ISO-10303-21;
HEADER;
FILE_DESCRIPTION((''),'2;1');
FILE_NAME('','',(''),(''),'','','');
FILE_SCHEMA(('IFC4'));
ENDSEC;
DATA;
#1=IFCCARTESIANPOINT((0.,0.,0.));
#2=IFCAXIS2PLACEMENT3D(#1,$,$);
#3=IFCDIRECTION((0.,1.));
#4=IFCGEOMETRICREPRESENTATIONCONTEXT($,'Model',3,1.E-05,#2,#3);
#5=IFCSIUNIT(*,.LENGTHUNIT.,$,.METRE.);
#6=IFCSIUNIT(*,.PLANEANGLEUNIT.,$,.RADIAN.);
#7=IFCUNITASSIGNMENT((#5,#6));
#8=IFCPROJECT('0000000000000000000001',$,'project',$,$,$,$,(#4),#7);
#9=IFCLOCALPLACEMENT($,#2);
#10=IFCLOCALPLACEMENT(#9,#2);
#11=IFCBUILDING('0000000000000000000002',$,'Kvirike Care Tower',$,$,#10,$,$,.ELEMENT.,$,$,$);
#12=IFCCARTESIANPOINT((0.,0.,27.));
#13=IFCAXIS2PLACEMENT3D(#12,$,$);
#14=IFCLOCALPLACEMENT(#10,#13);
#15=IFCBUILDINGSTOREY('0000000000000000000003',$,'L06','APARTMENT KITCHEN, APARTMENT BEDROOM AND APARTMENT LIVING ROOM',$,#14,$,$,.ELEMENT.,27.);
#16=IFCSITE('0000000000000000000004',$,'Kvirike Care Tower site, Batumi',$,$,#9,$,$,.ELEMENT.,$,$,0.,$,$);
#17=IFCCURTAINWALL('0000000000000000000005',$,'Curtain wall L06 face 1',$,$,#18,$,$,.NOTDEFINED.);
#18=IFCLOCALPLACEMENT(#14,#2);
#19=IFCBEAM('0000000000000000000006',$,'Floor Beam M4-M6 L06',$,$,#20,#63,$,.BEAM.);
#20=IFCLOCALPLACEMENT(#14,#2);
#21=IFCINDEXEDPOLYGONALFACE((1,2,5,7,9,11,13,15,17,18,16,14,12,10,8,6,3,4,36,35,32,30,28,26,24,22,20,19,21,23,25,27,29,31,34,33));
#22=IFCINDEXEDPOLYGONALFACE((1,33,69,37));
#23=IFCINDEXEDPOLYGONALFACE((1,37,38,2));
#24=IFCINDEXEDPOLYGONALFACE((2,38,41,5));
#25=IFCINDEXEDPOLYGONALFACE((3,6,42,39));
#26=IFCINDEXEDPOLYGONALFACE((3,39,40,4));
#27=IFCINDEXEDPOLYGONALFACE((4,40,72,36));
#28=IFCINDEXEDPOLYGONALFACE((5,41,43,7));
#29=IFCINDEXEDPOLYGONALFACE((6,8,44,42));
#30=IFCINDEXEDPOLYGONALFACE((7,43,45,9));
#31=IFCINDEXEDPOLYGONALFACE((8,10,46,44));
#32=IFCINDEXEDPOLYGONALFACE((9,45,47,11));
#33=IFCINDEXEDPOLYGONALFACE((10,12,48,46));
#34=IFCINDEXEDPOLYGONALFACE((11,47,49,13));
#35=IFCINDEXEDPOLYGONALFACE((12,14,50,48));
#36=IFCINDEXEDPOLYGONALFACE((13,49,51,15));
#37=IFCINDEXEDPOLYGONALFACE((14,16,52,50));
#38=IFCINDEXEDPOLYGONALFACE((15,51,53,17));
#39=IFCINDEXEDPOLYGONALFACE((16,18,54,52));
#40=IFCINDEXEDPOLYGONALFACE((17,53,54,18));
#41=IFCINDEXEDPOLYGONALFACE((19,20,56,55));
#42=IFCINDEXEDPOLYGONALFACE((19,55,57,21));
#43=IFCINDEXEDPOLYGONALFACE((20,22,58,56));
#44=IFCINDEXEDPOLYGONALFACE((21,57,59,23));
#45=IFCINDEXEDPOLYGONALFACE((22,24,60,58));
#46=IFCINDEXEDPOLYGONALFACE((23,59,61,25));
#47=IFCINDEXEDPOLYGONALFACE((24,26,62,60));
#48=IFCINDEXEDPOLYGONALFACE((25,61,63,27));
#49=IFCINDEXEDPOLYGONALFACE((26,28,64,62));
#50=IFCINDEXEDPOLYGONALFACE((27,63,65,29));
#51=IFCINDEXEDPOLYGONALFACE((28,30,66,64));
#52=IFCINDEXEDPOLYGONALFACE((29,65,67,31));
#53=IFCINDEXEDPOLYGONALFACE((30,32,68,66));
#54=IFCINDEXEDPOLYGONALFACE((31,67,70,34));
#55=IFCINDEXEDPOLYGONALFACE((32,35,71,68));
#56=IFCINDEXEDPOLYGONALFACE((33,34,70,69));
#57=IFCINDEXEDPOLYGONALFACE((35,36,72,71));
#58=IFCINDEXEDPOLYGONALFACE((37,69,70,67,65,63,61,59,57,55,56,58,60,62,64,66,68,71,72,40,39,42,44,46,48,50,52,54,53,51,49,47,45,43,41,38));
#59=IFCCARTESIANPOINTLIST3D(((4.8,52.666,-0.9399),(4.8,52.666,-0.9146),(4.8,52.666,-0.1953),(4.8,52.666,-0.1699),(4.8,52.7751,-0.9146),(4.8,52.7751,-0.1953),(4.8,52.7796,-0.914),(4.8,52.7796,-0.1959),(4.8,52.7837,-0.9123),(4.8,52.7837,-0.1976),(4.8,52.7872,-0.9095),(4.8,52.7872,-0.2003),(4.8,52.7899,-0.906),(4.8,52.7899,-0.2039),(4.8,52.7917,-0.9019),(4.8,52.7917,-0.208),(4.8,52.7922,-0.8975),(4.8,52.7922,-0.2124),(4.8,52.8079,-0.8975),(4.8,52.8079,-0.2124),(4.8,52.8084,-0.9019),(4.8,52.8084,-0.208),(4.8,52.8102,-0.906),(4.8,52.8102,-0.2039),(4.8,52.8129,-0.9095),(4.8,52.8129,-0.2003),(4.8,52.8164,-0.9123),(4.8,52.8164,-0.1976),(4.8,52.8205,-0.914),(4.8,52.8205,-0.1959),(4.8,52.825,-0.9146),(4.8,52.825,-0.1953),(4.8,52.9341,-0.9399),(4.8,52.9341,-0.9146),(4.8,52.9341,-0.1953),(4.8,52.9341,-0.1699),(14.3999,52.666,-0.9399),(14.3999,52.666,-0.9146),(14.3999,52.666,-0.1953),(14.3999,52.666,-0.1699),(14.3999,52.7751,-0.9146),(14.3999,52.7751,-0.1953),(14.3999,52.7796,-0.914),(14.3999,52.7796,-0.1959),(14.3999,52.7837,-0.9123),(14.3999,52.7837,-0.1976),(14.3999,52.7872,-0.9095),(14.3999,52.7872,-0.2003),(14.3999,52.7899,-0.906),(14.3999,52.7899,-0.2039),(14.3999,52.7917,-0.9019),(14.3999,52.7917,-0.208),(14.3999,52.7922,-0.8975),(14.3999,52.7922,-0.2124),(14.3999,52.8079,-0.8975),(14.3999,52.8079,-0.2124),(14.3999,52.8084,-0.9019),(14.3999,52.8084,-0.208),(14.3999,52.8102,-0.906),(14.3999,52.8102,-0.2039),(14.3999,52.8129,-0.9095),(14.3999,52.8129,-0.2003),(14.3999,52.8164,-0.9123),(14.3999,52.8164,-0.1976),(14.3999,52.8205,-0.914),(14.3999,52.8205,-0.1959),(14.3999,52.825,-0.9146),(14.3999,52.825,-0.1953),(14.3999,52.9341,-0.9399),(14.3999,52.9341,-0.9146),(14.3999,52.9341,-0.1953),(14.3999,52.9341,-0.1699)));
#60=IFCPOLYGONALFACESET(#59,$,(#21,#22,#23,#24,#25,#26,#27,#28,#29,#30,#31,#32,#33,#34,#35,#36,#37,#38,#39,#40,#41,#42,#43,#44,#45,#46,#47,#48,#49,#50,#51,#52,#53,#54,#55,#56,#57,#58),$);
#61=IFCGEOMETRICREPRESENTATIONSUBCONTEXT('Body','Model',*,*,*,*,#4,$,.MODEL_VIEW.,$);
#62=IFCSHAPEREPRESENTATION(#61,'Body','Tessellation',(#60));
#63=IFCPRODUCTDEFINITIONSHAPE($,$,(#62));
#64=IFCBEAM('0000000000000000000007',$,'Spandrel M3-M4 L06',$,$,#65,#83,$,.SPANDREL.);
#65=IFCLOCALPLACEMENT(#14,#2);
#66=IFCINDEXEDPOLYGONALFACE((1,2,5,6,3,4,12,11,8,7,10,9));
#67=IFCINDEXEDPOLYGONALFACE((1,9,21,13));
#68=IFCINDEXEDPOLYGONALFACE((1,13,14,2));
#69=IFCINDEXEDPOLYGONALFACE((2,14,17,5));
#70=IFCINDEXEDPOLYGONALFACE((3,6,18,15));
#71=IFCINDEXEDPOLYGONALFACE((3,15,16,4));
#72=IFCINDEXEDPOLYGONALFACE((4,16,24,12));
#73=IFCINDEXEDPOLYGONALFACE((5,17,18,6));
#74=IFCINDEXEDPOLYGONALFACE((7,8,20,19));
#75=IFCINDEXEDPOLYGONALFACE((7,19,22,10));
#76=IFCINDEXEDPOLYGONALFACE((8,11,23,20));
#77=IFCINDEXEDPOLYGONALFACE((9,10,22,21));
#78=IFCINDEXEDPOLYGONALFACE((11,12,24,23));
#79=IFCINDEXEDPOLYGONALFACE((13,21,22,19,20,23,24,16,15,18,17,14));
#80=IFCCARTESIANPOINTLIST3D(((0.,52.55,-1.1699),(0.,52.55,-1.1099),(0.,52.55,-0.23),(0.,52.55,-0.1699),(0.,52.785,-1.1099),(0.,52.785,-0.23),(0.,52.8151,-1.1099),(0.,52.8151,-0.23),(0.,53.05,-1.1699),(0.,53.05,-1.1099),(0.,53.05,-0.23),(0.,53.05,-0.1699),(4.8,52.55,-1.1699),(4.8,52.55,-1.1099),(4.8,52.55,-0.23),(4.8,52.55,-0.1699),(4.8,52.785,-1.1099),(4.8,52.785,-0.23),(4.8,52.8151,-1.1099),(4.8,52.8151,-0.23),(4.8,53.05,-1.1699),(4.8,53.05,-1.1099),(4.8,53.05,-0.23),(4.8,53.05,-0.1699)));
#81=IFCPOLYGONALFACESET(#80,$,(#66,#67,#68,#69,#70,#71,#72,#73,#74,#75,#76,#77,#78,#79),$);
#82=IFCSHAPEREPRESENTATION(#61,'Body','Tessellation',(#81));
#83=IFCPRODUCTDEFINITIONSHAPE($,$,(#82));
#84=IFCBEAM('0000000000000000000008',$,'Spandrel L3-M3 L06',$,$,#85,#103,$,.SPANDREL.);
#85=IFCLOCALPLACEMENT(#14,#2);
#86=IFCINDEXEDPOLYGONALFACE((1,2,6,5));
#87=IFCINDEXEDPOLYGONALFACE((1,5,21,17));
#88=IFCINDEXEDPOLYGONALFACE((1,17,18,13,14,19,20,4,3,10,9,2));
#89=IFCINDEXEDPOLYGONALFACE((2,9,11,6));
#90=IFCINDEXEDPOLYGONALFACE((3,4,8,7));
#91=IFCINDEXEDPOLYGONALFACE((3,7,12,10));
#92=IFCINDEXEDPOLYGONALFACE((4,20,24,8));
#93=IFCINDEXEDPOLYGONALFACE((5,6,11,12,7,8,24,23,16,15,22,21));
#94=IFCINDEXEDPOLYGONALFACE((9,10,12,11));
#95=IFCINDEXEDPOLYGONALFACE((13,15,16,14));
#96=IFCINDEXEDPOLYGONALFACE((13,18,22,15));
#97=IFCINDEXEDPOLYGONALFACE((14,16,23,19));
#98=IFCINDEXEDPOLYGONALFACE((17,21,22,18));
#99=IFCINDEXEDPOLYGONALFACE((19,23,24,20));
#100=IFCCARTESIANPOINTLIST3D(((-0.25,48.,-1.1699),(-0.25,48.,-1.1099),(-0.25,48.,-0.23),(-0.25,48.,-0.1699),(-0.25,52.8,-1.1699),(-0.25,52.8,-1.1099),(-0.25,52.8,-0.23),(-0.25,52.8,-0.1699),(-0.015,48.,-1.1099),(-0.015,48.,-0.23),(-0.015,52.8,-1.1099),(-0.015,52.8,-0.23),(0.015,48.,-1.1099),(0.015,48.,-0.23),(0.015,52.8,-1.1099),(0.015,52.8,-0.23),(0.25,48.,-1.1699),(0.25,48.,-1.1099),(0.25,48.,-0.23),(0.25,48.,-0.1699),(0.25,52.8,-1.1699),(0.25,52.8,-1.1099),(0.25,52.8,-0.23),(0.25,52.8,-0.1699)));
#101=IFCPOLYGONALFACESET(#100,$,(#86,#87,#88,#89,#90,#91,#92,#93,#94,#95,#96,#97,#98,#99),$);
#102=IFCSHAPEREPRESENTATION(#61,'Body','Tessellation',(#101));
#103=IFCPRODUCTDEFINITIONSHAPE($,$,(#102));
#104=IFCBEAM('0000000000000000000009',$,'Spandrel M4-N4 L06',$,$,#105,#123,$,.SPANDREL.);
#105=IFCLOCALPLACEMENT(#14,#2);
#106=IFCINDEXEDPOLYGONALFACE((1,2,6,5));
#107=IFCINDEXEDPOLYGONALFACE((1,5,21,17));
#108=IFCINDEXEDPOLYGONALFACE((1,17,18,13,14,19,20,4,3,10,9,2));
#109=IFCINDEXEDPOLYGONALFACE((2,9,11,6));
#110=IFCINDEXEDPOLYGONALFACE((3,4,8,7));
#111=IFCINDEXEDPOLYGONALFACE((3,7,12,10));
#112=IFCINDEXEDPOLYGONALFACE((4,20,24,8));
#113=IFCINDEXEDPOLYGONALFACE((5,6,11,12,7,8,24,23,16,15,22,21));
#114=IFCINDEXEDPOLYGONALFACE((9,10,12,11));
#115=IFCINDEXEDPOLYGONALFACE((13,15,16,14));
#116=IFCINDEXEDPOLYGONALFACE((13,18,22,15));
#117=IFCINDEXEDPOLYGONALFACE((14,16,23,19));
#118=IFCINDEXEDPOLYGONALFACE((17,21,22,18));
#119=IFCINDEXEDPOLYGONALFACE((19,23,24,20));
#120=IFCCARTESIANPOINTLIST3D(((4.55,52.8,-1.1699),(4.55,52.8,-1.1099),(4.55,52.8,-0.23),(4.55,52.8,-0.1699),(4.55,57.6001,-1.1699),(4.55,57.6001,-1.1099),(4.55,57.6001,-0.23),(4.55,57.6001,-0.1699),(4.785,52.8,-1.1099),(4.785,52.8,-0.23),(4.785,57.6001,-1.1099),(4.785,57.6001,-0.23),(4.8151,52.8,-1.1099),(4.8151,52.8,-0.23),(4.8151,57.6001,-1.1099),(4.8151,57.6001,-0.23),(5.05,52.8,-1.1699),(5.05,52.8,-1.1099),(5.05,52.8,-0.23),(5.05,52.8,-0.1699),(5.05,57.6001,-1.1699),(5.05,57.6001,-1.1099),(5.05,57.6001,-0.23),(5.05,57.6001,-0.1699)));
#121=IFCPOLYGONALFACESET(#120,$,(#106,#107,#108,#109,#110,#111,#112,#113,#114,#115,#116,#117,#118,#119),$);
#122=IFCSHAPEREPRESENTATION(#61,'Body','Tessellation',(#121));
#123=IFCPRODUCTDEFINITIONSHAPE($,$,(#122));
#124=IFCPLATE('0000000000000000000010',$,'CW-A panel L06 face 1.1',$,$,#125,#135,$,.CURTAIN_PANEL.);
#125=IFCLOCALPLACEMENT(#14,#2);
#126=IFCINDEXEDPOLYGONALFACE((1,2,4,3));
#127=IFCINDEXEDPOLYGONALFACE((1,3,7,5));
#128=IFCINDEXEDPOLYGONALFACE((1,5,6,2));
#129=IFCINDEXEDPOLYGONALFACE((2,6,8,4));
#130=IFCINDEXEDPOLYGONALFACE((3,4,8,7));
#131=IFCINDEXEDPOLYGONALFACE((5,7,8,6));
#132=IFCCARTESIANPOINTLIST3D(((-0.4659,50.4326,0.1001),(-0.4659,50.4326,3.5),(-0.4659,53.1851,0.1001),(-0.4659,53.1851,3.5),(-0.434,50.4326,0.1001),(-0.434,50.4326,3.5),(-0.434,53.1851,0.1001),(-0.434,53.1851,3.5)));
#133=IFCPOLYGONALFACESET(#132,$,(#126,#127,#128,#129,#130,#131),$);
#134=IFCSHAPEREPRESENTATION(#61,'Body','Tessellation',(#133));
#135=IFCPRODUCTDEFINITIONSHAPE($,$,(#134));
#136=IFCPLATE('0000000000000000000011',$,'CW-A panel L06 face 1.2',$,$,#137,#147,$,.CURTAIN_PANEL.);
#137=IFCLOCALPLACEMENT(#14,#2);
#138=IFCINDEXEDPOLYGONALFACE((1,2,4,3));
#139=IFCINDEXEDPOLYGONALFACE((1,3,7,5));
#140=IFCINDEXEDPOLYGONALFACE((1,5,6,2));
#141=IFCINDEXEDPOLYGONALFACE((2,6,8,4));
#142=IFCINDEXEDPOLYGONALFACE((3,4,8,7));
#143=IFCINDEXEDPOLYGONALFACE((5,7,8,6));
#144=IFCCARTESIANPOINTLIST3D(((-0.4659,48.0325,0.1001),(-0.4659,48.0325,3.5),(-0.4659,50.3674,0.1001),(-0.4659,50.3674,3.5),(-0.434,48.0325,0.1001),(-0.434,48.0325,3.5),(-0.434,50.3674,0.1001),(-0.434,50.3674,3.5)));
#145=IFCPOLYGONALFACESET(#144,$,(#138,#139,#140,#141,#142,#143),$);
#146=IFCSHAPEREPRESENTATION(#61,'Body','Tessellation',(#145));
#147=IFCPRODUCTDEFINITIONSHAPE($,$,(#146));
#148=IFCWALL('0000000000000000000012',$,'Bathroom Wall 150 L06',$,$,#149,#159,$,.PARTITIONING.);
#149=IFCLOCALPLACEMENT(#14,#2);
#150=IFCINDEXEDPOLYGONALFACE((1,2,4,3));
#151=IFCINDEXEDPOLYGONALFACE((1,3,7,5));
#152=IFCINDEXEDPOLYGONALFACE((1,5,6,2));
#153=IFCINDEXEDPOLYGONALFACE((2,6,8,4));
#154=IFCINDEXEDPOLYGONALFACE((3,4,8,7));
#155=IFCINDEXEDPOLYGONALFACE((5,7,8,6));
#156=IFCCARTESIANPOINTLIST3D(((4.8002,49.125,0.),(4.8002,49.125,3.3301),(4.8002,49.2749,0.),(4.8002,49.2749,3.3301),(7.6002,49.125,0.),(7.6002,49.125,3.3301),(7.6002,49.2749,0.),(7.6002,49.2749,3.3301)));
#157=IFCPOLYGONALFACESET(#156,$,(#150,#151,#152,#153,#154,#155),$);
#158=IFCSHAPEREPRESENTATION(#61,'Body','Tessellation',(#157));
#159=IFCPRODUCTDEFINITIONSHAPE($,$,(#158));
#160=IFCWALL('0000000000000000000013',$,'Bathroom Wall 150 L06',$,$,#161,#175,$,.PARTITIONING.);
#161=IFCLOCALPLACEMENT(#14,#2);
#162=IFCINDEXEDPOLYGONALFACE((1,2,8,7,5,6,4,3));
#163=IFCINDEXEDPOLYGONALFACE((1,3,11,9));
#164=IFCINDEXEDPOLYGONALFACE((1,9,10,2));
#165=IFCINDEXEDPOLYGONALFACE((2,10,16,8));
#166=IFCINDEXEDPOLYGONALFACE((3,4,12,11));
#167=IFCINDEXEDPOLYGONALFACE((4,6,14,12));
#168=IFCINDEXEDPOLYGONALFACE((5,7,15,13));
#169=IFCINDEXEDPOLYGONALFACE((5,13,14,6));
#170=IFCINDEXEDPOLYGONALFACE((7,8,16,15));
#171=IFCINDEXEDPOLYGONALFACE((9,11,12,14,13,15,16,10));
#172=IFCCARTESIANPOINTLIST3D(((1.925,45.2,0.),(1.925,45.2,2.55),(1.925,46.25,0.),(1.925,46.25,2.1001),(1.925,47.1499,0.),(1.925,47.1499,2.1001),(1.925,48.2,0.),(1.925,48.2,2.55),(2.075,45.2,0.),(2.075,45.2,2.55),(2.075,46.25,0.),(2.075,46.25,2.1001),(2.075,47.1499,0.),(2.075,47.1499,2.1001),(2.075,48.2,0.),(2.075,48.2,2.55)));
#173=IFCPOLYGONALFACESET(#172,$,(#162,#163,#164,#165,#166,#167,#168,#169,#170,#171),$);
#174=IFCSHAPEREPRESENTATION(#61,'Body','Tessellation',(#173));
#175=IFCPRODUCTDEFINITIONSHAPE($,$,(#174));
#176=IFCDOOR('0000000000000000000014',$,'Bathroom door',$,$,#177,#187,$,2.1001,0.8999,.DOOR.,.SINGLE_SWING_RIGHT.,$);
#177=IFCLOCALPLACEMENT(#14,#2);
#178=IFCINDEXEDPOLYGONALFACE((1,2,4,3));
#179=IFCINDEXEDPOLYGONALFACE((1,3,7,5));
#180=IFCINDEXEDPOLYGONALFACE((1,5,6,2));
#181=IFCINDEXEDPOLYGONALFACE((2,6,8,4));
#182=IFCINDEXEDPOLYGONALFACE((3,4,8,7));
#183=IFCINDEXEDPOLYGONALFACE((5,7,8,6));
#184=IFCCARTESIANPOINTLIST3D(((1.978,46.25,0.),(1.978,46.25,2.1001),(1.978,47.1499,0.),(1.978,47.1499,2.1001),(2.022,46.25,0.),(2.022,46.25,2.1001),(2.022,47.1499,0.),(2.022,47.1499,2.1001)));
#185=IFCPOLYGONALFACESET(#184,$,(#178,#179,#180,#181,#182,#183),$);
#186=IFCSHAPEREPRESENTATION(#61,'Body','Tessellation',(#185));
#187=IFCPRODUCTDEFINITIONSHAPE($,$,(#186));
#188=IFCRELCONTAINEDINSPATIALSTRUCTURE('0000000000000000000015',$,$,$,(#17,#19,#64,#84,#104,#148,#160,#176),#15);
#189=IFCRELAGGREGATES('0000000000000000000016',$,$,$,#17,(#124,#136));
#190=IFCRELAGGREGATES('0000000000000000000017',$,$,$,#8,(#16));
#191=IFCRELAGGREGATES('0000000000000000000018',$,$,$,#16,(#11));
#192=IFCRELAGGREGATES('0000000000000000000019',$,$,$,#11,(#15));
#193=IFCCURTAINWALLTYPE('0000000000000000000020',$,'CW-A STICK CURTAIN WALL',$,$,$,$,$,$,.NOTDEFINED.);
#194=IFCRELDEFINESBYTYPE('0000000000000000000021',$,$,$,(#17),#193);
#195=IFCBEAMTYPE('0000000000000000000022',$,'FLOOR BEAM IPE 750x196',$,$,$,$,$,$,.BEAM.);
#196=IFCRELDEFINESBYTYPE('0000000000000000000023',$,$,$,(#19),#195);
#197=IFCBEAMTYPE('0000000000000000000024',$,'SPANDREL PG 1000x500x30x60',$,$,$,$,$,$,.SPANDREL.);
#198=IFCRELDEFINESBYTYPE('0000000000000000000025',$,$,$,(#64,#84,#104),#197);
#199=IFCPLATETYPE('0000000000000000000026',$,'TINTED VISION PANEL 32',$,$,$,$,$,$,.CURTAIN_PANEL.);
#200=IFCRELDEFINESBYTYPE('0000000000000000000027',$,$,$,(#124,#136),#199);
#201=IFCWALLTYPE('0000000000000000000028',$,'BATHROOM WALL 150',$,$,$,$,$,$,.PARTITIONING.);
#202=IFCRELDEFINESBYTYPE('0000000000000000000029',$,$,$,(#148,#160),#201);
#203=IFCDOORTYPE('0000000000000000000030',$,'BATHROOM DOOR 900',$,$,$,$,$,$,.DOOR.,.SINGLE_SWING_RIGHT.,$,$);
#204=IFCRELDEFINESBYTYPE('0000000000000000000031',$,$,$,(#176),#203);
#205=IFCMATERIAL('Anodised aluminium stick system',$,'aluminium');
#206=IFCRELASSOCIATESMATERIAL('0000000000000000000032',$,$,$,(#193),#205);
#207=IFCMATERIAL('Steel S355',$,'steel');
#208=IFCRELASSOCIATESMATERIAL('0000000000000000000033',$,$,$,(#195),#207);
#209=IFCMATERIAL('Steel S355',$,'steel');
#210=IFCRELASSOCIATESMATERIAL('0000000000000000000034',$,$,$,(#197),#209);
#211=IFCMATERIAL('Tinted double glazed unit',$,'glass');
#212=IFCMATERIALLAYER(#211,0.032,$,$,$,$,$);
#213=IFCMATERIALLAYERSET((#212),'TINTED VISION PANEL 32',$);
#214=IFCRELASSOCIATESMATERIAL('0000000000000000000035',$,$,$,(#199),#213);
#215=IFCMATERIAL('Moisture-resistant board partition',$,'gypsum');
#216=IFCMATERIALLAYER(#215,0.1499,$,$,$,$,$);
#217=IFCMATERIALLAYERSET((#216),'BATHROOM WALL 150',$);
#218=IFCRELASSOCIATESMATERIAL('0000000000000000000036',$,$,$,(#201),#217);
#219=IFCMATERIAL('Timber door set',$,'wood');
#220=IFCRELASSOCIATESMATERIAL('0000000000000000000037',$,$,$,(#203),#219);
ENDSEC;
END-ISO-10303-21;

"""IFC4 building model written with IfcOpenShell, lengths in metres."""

from ifc_helpers import new_model, si_unit, direction, frame, frame_2d, origin, origin_2d, place, context, subcontext, project, spatial, rectangle, i_section, extrude, material, layer, layer_set, material_profile, profile_set, type_object, element, fill, aggregate, save


model = new_model("IFC4")

# Units and contexts
model_context = context("Model", 3, precision=1e-05, world=origin(), true_north=direction((0.0, 1.0)))
body_context = subcontext(model_context, "Body", "Model", "MODEL_VIEW")
ifc_project = project(units=[si_unit("LENGTHUNIT", "METRE"), si_unit("PLANEANGLEUNIT", "RADIAN")], contexts=[model_context])

# Site, building, storey
site_placement = place(None, origin())
site = spatial("IfcSite", under=ifc_project, at=site_placement, Name="Kvirike Care Tower site, Batumi", CompositionType="ELEMENT", RefElevation=0.0)
building_placement = place(site_placement, origin())
building = spatial("IfcBuilding", under=site, at=building_placement, Name="Kvirike Care Tower", CompositionType="ELEMENT")
storey_placement = place(building_placement, frame((0.0, 0.0, 27.0)))
storey = spatial("IfcBuildingStorey", under=building, at=storey_placement, Name="L06", Description="APARTMENT KITCHEN, APARTMENT BEDROOM AND APARTMENT LIVING ROOM", CompositionType="ELEMENT", Elevation=27.0)

# Curtain wall
ifc_material_1 = material(Name="Anodised aluminium stick system", Category="aluminium")
curtain_wall_type = type_object("IfcCurtainWallType", Name="CW-A STICK CURTAIN WALL", PredefinedType="NOTDEFINED", material=ifc_material_1)
curtain_wall_placement = place(storey_placement, origin())
curtain_wall = element("IfcCurtainWall", 1, at=curtain_wall_placement, inside=storey, type_object=curtain_wall_type, Name="Curtain wall L06 face 1", PredefinedType="NOTDEFINED")

# Beams
ifc_material_2 = material(Name="Steel S355", Category="steel")
ifc_material_profile_1 = material_profile(ifc_material_2, i_section(OverallWidth=0.2681, OverallDepth=0.77, WebThickness=0.0156, FlangeThickness=0.0254, FilletRadius=0.0171, at=origin_2d()), Name="IPE 750x196")
ifc_profile_set_1 = profile_set([ifc_material_profile_1], Name="Steel S355")
beam_type_1 = type_object("IfcBeamType", Name="FLOOR BEAM IPE 750x196", PredefinedType="BEAM", material=ifc_profile_set_1)
beam_1_placement = place(storey_placement, frame((4.8, 52.8, -0.5549), z_axis=(1.0, 0.0, 0.0), x_axis=(0.0, 1.0, 0.0)))
element("IfcBeam", 2, at=beam_1_placement, inside=storey, type_object=beam_type_1, Name="Floor Beam M4-M6 L06", PredefinedType="BEAM", context=body_context, shape_type="SweptSolid", body=[
    extrude(i_section(OverallWidth=0.2681, OverallDepth=0.77, WebThickness=0.0156, FlangeThickness=0.0254, FilletRadius=0.0171, at=origin_2d()), origin(), (0.0, 0.0, 1.0), 9.5999),
])
ifc_material_3 = material(Name="Steel S355", Category="steel")
ifc_material_profile_2 = material_profile(ifc_material_3, i_section(OverallWidth=0.5, OverallDepth=1.0, WebThickness=0.03, FlangeThickness=0.0601, at=origin_2d()), Name="PG 1000x500x30x60")
ifc_profile_set_2 = profile_set([ifc_material_profile_2], Name="Steel S355")
beam_type_2 = type_object("IfcBeamType", Name="SPANDREL PG 1000x500x30x60", PredefinedType="SPANDREL", material=ifc_profile_set_2)
for number, where, z_axis, x_axis, name in (
    (3, (0.0, 52.8, -0.6699), (1.0, 0.0, 0.0), (0.0, 1.0, 0.0), "Spandrel M3-M4 L06"),
    (4, (0.0, 48.0, -0.6699), (0.0, 1.0, 0.0), (-1.0, 0.0, 0.0), "Spandrel L3-M3 L06"),
    (5, (4.8, 52.8, -0.6699), (0.0, 1.0, 0.0), (-1.0, 0.0, 0.0), "Spandrel M4-N4 L06"),
):
    element("IfcBeam", number, at=place(storey_placement, frame(where, z_axis=z_axis, x_axis=x_axis)), inside=storey, type_object=beam_type_2, Name=name, PredefinedType="SPANDREL", context=body_context, shape_type="SweptSolid", body=[
        extrude(i_section(OverallWidth=0.5, OverallDepth=1.0, WebThickness=0.03, FlangeThickness=0.0601, at=origin_2d()), origin(), (0.0, 0.0, 1.0), 4.8),
    ])

# Plates
ifc_material_4 = material(Name="Tinted double glazed unit", Category="glass")
ifc_layer_1 = layer(ifc_material_4, 0.032)
ifc_layer_set_1 = layer_set([ifc_layer_1], Name="TINTED VISION PANEL 32")
plate_type = type_object("IfcPlateType", Name="TINTED VISION PANEL 32", PredefinedType="CURTAIN_PANEL", material=ifc_layer_set_1)
plate_1_placement = place(storey_placement, frame((-0.45, 51.8088, 0.1001), z_axis=(0.0, 0.0, 1.0), x_axis=(0.0, -1.0, 0.0)))
plate_1 = element("IfcPlate", 6, at=plate_1_placement, type_object=plate_type, Name="CW-A panel L06 face 1.1", PredefinedType="CURTAIN_PANEL", context=body_context, shape_type="SweptSolid", body=[
    extrude(rectangle(XDim=2.7524, YDim=0.032, at=origin_2d()), origin(), (0.0, 0.0, 1.0), 3.3999),
])
plate_2_placement = place(storey_placement, frame((-0.45, 49.2, 0.1001), z_axis=(0.0, 0.0, 1.0), x_axis=(0.0, -1.0, 0.0)))
plate_2 = element("IfcPlate", 7, at=plate_2_placement, type_object=plate_type, Name="CW-A panel L06 face 1.2", PredefinedType="CURTAIN_PANEL", context=body_context, shape_type="SweptSolid", body=[
    extrude(rectangle(XDim=2.335, YDim=0.032, at=origin_2d()), origin(), (0.0, 0.0, 1.0), 3.3999),
])
aggregate(curtain_wall, [plate_1, plate_2])

# Wall
ifc_material_5 = material(Name="Moisture-resistant board partition", Category="gypsum")
ifc_layer_2 = layer(ifc_material_5, 0.1499)
ifc_layer_set_2 = layer_set([ifc_layer_2], Name="BATHROOM WALL 150")
wall_type_1 = type_object("IfcWallType", Name="BATHROOM WALL 150", PredefinedType="PARTITIONING", material=ifc_layer_set_2)
wall_1_placement = place(storey_placement, frame((7.6001, 49.2, 0.0), z_axis=(0.0, 0.0, 1.0), x_axis=(-1.0, 0.0, 0.0)))
element("IfcWall", 8, at=wall_1_placement, inside=storey, type_object=wall_type_1, Name="Bathroom Wall 150 L06", PredefinedType="PARTITIONING", context=body_context, shape_type="SweptSolid", body=[
    extrude(rectangle(XDim=2.8, YDim=0.1499, at=frame_2d((1.3999, 0.0))), origin(), (0.0, 0.0, 1.0), 3.3301),
])

# Wall, opening, door
wall_2_placement = place(storey_placement, frame((2.0, 48.2, 0.0), z_axis=(0.0, 0.0, 1.0), x_axis=(0.0, -1.0, 0.0)))
wall_2 = element("IfcWall", 9, at=wall_2_placement, inside=storey, type_object=wall_type_1, Name="Bathroom Wall 150 L06", PredefinedType="PARTITIONING", context=body_context, shape_type="SweptSolid", body=[
    extrude(rectangle(XDim=3.0, YDim=0.1499, at=frame_2d((1.5, 0.0))), origin(), (0.0, 0.0, 1.0), 2.55),
])
opening_1_placement = place(wall_2_placement, frame((1.05, 0.0, 0.0)))
opening_1 = element("IfcOpeningElement", 10, at=opening_1_placement, cuts=wall_2, PredefinedType="OPENING", context=body_context, shape_type="SweptSolid", body=[
    extrude(rectangle(XDim=0.8999, YDim=2.1001, at=frame_2d((0.45, 1.05))), frame((0.0, 0.0854, 0.0), z_axis=(0.0, -1.0, 0.0), x_axis=(1.0, 0.0, 0.0)), (0.0, 0.0, 1.0), 0.1709),
])
ifc_material_6 = material(Name="Timber door set", Category="wood")
door_type_1 = type_object("IfcDoorType", Name="BATHROOM DOOR 900", OperationType="SINGLE_SWING_RIGHT", PredefinedType="DOOR", material=ifc_material_6)
door_1_placement = place(opening_1_placement, origin())
door_1 = element("IfcDoor", 11, at=door_1_placement, inside=storey, type_object=door_type_1, Name="Bathroom door", OperationType="SINGLE_SWING_RIGHT", OverallHeight=2.1001, OverallWidth=0.8999, PredefinedType="DOOR", context=body_context, shape_type="SweptSolid", body=[
    extrude(rectangle(XDim=0.8999, YDim=2.1001, at=frame_2d((0.45, 1.05))), frame((0.0, 0.022, 0.0), z_axis=(0.0, -1.0, 0.0), x_axis=(1.0, 0.0, 0.0)), (0.0, 0.0, 1.0), 0.0439),
])
fill(opening_1, door_1)

save(model, "model.ifc")
